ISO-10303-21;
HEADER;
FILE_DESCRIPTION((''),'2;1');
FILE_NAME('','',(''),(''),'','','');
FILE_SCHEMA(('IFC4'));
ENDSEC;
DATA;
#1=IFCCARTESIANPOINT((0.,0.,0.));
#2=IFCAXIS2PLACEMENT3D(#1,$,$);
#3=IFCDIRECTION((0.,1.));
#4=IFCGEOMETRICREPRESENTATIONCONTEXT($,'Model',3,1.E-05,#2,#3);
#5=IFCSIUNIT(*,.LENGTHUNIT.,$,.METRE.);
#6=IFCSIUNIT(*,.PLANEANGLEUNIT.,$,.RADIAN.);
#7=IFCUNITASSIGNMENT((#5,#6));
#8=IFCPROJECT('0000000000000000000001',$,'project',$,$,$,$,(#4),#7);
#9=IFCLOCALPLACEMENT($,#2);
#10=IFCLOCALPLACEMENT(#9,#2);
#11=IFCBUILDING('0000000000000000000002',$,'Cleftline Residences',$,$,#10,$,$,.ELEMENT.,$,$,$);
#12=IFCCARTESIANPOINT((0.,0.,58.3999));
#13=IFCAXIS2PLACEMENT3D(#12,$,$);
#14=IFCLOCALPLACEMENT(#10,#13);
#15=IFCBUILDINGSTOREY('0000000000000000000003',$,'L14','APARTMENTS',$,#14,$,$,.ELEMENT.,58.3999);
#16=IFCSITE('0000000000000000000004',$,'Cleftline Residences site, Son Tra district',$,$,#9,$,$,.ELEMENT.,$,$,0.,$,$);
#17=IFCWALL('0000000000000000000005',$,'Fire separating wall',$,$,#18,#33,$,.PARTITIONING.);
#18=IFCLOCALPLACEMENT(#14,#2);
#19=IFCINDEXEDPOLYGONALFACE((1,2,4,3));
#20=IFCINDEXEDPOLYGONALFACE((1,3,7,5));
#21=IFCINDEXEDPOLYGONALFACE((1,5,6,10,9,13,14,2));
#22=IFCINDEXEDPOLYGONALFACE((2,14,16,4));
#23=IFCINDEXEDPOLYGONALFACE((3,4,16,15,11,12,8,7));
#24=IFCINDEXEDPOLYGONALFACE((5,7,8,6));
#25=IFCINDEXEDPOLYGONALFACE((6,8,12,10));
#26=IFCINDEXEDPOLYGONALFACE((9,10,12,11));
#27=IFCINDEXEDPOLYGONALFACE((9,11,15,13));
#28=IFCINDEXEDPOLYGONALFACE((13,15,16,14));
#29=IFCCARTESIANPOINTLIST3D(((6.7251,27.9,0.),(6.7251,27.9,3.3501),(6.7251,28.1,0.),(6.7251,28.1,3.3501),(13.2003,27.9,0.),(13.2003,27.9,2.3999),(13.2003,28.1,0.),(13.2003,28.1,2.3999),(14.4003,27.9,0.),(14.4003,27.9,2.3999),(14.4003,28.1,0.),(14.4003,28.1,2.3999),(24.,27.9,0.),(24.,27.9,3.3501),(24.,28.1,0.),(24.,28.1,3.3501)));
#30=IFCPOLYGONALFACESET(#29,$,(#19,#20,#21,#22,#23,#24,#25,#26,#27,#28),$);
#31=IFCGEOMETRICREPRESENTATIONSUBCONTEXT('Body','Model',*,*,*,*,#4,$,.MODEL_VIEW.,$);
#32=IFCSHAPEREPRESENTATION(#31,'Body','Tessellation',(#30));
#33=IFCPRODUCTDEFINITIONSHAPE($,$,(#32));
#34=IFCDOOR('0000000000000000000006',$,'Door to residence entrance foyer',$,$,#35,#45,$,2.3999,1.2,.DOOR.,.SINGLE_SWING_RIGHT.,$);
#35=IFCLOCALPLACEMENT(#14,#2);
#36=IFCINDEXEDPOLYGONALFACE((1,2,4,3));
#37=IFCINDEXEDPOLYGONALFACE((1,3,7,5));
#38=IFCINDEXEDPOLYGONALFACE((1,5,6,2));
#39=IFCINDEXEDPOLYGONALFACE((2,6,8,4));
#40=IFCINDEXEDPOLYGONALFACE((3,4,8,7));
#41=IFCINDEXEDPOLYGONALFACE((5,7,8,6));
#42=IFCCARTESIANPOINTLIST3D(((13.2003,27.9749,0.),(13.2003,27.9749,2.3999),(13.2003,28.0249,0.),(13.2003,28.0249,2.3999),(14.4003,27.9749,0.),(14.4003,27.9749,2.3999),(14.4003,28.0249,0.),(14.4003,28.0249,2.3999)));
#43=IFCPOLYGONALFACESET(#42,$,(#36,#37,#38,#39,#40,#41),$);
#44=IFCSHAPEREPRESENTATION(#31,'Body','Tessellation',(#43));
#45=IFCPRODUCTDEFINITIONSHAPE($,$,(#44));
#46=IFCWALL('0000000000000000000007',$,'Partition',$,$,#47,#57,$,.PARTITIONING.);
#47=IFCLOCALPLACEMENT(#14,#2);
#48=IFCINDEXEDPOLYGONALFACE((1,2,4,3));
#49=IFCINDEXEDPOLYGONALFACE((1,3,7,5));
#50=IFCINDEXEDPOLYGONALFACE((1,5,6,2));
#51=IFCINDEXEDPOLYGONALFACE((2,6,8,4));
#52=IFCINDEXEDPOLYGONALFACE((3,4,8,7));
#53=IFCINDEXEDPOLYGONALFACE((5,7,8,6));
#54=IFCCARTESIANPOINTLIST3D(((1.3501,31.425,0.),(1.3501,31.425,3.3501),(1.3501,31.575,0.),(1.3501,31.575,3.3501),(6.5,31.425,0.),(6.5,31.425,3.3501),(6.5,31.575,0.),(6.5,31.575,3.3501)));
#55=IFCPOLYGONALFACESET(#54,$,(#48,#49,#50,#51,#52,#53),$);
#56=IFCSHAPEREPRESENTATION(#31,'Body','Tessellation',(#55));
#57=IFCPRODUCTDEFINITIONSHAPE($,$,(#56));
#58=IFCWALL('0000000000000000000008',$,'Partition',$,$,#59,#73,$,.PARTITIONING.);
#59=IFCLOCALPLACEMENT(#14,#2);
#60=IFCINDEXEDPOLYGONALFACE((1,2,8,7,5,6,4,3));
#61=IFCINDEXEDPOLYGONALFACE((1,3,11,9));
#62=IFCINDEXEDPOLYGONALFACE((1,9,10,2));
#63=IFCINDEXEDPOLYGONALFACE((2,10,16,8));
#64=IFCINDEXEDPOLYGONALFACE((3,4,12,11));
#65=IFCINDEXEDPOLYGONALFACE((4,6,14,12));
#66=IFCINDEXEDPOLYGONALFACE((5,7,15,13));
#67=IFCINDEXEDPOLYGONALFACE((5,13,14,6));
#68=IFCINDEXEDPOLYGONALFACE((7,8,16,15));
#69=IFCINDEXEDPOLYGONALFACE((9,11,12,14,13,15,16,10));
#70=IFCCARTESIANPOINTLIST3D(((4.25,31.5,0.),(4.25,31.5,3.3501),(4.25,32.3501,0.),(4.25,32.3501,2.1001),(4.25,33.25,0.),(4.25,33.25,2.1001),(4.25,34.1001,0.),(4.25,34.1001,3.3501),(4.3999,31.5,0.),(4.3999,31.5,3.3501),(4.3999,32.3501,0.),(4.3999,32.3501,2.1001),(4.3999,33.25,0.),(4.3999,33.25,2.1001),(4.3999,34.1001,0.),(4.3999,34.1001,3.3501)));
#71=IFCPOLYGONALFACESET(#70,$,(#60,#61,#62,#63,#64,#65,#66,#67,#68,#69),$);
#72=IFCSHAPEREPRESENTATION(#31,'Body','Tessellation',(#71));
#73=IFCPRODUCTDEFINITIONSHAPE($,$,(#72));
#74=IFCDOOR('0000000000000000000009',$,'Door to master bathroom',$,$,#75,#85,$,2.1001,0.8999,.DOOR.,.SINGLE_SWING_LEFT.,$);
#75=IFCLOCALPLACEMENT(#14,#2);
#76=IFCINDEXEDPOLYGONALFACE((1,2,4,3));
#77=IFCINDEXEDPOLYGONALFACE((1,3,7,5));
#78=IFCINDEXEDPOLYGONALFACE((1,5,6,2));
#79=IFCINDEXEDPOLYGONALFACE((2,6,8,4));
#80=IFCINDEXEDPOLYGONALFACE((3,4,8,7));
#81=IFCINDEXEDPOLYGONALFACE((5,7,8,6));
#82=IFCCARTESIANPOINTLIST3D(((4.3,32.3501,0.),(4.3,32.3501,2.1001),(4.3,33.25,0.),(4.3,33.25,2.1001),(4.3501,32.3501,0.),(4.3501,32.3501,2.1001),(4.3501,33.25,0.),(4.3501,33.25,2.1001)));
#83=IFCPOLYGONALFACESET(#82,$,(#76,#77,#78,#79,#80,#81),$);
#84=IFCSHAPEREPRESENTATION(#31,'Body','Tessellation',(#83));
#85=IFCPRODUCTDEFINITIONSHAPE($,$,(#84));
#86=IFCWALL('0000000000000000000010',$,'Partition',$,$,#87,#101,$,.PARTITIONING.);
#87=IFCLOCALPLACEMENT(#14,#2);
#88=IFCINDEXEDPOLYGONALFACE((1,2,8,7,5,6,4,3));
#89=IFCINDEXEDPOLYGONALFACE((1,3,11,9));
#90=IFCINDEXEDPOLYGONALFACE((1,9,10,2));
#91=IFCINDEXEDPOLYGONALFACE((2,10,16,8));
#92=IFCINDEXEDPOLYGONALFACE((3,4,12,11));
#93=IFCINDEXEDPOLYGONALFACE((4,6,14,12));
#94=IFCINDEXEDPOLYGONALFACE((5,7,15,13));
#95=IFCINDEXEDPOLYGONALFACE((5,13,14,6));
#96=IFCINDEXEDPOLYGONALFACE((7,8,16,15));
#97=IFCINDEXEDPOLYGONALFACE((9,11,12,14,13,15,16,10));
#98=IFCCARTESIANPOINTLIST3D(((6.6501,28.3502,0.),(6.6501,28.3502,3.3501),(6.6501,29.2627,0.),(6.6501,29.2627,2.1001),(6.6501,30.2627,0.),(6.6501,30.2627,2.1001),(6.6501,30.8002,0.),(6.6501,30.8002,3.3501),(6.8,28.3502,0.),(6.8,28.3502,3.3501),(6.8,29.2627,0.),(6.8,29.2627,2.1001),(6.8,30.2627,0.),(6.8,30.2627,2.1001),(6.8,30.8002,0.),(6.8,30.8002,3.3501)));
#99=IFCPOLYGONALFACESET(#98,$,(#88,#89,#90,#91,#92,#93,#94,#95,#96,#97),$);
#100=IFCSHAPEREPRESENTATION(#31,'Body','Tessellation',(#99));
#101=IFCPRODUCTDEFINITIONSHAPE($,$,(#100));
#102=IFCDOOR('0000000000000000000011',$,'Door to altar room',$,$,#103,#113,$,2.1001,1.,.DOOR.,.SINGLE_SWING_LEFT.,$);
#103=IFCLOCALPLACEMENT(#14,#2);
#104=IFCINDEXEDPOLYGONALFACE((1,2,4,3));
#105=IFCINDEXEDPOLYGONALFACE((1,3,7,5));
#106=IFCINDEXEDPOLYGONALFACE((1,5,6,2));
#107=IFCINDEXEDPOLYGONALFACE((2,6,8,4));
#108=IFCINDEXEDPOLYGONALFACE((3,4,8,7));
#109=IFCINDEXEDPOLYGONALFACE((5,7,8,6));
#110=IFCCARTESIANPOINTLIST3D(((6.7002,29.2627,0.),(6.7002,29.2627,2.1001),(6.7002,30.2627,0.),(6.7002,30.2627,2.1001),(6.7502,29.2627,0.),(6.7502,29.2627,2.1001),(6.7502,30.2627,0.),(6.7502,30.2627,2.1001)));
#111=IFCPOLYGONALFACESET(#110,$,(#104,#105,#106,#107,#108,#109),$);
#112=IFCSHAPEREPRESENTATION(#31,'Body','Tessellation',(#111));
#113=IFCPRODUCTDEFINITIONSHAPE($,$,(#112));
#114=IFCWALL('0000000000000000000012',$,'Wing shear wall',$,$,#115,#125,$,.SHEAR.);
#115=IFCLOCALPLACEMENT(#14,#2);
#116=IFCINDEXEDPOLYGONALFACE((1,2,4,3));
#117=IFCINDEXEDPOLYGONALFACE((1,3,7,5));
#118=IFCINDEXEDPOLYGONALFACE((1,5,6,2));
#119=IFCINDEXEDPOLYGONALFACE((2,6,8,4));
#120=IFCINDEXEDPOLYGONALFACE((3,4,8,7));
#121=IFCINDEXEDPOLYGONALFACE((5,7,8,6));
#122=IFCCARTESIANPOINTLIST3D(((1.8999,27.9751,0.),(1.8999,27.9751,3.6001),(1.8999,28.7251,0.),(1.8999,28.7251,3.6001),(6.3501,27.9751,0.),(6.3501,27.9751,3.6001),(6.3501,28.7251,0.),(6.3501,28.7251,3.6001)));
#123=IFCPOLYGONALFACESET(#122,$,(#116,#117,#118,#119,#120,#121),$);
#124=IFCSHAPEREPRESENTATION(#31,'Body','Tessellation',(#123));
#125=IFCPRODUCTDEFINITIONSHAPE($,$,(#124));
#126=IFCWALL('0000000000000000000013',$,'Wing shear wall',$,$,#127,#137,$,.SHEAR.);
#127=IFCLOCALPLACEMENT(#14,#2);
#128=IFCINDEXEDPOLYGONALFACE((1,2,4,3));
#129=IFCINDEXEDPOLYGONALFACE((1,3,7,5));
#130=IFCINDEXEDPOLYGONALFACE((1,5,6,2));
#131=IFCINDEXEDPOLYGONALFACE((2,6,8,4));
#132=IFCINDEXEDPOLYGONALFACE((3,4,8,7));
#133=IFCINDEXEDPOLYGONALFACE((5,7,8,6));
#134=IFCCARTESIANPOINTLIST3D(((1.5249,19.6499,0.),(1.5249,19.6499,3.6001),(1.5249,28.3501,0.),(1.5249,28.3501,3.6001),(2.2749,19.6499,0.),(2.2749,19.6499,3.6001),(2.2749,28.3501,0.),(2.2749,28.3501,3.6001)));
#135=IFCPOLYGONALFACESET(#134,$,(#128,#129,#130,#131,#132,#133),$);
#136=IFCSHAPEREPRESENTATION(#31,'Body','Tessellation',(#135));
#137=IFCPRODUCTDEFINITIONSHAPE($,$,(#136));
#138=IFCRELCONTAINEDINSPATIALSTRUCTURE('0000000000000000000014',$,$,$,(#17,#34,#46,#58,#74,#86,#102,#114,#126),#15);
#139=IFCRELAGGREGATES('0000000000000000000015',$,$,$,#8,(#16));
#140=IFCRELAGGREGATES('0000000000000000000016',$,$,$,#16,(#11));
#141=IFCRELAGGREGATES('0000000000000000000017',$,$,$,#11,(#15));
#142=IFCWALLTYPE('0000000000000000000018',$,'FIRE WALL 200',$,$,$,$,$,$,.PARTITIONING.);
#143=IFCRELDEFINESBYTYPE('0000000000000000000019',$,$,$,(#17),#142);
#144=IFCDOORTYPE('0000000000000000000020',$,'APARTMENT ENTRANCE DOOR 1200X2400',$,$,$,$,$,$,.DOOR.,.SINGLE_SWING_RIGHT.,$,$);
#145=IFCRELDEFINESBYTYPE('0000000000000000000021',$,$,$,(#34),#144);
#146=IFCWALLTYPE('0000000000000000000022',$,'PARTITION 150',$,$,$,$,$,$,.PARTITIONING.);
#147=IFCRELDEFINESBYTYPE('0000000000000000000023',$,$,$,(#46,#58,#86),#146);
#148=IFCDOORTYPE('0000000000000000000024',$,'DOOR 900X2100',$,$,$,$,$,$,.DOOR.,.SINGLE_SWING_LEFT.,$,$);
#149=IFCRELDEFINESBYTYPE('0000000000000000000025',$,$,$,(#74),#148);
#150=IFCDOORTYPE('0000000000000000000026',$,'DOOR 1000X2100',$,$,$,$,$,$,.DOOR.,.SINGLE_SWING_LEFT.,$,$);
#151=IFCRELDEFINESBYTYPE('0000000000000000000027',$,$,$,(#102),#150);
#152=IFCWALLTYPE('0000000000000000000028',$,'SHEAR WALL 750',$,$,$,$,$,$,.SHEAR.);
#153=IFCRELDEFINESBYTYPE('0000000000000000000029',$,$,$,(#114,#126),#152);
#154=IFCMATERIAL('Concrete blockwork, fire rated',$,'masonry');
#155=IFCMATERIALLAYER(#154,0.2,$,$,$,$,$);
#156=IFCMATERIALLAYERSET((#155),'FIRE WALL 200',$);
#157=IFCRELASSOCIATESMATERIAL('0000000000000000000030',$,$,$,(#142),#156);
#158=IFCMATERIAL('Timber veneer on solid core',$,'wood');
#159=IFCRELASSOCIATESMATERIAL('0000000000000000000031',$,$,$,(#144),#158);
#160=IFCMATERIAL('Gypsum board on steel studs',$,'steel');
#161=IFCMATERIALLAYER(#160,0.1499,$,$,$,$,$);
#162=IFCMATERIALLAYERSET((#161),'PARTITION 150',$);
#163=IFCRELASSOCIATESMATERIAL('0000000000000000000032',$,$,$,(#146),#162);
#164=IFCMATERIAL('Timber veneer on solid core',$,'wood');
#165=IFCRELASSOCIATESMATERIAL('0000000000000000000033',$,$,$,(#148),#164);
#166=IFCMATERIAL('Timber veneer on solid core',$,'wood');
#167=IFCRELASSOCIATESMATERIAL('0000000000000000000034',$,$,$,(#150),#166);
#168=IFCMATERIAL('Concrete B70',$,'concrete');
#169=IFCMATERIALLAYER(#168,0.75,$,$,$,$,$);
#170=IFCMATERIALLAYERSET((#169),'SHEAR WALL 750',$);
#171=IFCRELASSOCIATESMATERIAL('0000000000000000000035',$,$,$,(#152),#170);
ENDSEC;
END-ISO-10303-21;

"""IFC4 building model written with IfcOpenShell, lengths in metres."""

from ifc_helpers import new_model, si_unit, direction, frame, frame_2d, origin, place, context, subcontext, project, spatial, rectangle, extrude, material, layer, layer_set, type_object, element, fill, save


model = new_model("IFC4")

# Units and contexts
model_context = context("Model", 3, precision=1e-05, world=origin(), true_north=direction((0.0, 1.0)))
body_context = subcontext(model_context, "Body", "Model", "MODEL_VIEW")
ifc_project = project(units=[si_unit("LENGTHUNIT", "METRE"), si_unit("PLANEANGLEUNIT", "RADIAN")], contexts=[model_context])

# Site, building, storey
site_placement = place(None, origin())
site = spatial("IfcSite", under=ifc_project, at=site_placement, Name="Cleftline Residences site, Son Tra district", CompositionType="ELEMENT", RefElevation=0.0)
building_placement = place(site_placement, origin())
building = spatial("IfcBuilding", under=site, at=building_placement, Name="Cleftline Residences", CompositionType="ELEMENT")
storey_placement = place(building_placement, frame((0.0, 0.0, 58.3999)))
storey = spatial("IfcBuildingStorey", under=building, at=storey_placement, Name="L14", Description="APARTMENTS", CompositionType="ELEMENT", Elevation=58.3999)

# Wall, opening, door
ifc_material_1 = material(Name="Concrete blockwork, fire rated", Category="masonry")
ifc_layer_1 = layer(ifc_material_1, 0.2)
ifc_layer_set_1 = layer_set([ifc_layer_1], Name="FIRE WALL 200")
wall_type_1 = type_object("IfcWallType", Name="FIRE WALL 200", PredefinedType="PARTITIONING", material=ifc_layer_set_1)
wall_1_placement = place(storey_placement, frame((6.7251, 28.0, 0.0), z_axis=(0.0, 0.0, 1.0), x_axis=(1.0, 0.0, 0.0)))
wall_1 = element("IfcWall", 1, at=wall_1_placement, inside=storey, type_object=wall_type_1, Name="Fire separating wall", PredefinedType="PARTITIONING", context=body_context, shape_type="SweptSolid", body=[
    extrude(rectangle(XDim=17.2749, YDim=0.2, at=frame_2d((8.6375, 0.0))), origin(), (0.0, 0.0, 1.0), 3.3501),
])
opening_1_placement = place(wall_1_placement, frame((6.4751, 0.0, 0.0)))
opening_1 = element("IfcOpeningElement", 2, at=opening_1_placement, cuts=wall_1, PredefinedType="OPENING", context=body_context, shape_type="SweptSolid", body=[
    extrude(rectangle(XDim=1.2, YDim=2.3999, at=frame_2d((0.6001, 1.2))), frame((0.0, 0.1099, 0.0), z_axis=(0.0, -1.0, 0.0), x_axis=(1.0, 0.0, 0.0)), (0.0, 0.0, 1.0), 0.22),
])
ifc_material_2 = material(Name="Timber veneer on solid core", Category="wood")
door_type_1 = type_object("IfcDoorType", Name="APARTMENT ENTRANCE DOOR 1200X2400", OperationType="SINGLE_SWING_RIGHT", PredefinedType="DOOR", material=ifc_material_2)
door_1_placement = place(opening_1_placement, origin())
door_1 = element("IfcDoor", 3, at=door_1_placement, inside=storey, type_object=door_type_1, Name="Door to residence entrance foyer", OperationType="SINGLE_SWING_RIGHT", OverallHeight=2.3999, OverallWidth=1.2, PredefinedType="DOOR", context=body_context, shape_type="SweptSolid", body=[
    extrude(rectangle(XDim=1.2, YDim=2.3999, at=frame_2d((0.6001, 1.2))), frame((0.0, 0.0249, 0.0), z_axis=(0.0, -1.0, 0.0), x_axis=(1.0, 0.0, 0.0)), (0.0, 0.0, 1.0), 0.05),
])
fill(opening_1, door_1)

# Wall
ifc_material_3 = material(Name="Gypsum board on steel studs", Category="steel")
ifc_layer_2 = layer(ifc_material_3, 0.1499)
ifc_layer_set_2 = layer_set([ifc_layer_2], Name="PARTITION 150")
wall_type_2 = type_object("IfcWallType", Name="PARTITION 150", PredefinedType="PARTITIONING", material=ifc_layer_set_2)
wall_2_placement = place(storey_placement, frame((1.3501, 31.5, 0.0), z_axis=(0.0, 0.0, 1.0), x_axis=(1.0, 0.0, 0.0)))
element("IfcWall", 4, at=wall_2_placement, inside=storey, type_object=wall_type_2, Name="Partition", PredefinedType="PARTITIONING", context=body_context, shape_type="SweptSolid", body=[
    extrude(rectangle(XDim=5.1499, YDim=0.1499, at=frame_2d((2.575, 0.0))), origin(), (0.0, 0.0, 1.0), 3.3501),
])

# Walls, openings, doors
wall_3_placement = place(storey_placement, frame((4.325, 31.5, 0.0), z_axis=(0.0, 0.0, 1.0), x_axis=(0.0, 1.0, 0.0)))
wall_3 = element("IfcWall", 5, at=wall_3_placement, inside=storey, type_object=wall_type_2, Name="Partition", PredefinedType="PARTITIONING", context=body_context, shape_type="SweptSolid", body=[
    extrude(rectangle(XDim=2.6001, YDim=0.1499, at=frame_2d((1.3, 0.0))), origin(), (0.0, 0.0, 1.0), 3.3501),
])
opening_2_placement = place(wall_3_placement, frame((0.8501, 0.0, 0.0)))
opening_2 = element("IfcOpeningElement", 6, at=opening_2_placement, cuts=wall_3, PredefinedType="OPENING", context=body_context, shape_type="SweptSolid", body=[
    extrude(rectangle(XDim=0.8999, YDim=2.1001, at=frame_2d((0.45, 1.05))), frame((0.0, 0.085, 0.0), z_axis=(0.0, -1.0, 0.0), x_axis=(1.0, 0.0, 0.0)), (0.0, 0.0, 1.0), 0.1699),
])
ifc_material_4 = material(Name="Timber veneer on solid core", Category="wood")
door_type_2 = type_object("IfcDoorType", Name="DOOR 900X2100", OperationType="SINGLE_SWING_LEFT", PredefinedType="DOOR", material=ifc_material_4)
door_2_placement = place(opening_2_placement, origin())
door_2 = element("IfcDoor", 7, at=door_2_placement, inside=storey, type_object=door_type_2, Name="Door to master bathroom", OperationType="SINGLE_SWING_LEFT", OverallHeight=2.1001, OverallWidth=0.8999, PredefinedType="DOOR", context=body_context, shape_type="SweptSolid", body=[
    extrude(rectangle(XDim=0.8999, YDim=2.1001, at=frame_2d((0.45, 1.05))), frame((0.0, 0.0249, 0.0), z_axis=(0.0, -1.0, 0.0), x_axis=(1.0, 0.0, 0.0)), (0.0, 0.0, 1.0), 0.05),
])
fill(opening_2, door_2)
wall_4_placement = place(storey_placement, frame((6.7251, 28.3501, 0.0), z_axis=(0.0, 0.0, 1.0), x_axis=(0.0, 1.0, 0.0)))
wall_4 = element("IfcWall", 8, at=wall_4_placement, inside=storey, type_object=wall_type_2, Name="Partition", PredefinedType="PARTITIONING", context=body_context, shape_type="SweptSolid", body=[
    extrude(rectangle(XDim=2.45, YDim=0.1499, at=frame_2d((1.2251, 0.0))), origin(), (0.0, 0.0, 1.0), 3.3501),
])
opening_3_placement = place(wall_4_placement, frame((0.9126, 0.0, 0.0)))
opening_3 = element("IfcOpeningElement", 9, at=opening_3_placement, cuts=wall_4, PredefinedType="OPENING", context=body_context, shape_type="SweptSolid", body=[
    extrude(rectangle(XDim=1.0, YDim=2.1001, at=frame_2d((0.5, 1.05))), frame((0.0, 0.085, 0.0), z_axis=(0.0, -1.0, 0.0), x_axis=(1.0, 0.0, 0.0)), (0.0, 0.0, 1.0), 0.1699),
])
ifc_material_5 = material(Name="Timber veneer on solid core", Category="wood")
door_type_3 = type_object("IfcDoorType", Name="DOOR 1000X2100", OperationType="SINGLE_SWING_LEFT", PredefinedType="DOOR", material=ifc_material_5)
door_3_placement = place(opening_3_placement, origin())
door_3 = element("IfcDoor", 10, at=door_3_placement, inside=storey, type_object=door_type_3, Name="Door to altar room", OperationType="SINGLE_SWING_LEFT", OverallHeight=2.1001, OverallWidth=1.0, PredefinedType="DOOR", context=body_context, shape_type="SweptSolid", body=[
    extrude(rectangle(XDim=1.0, YDim=2.1001, at=frame_2d((0.5, 1.05))), frame((0.0, 0.0249, 0.0), z_axis=(0.0, -1.0, 0.0), x_axis=(1.0, 0.0, 0.0)), (0.0, 0.0, 1.0), 0.05),
])
fill(opening_3, door_3)

# Walls
ifc_material_6 = material(Name="Concrete B70", Category="concrete")
ifc_layer_3 = layer(ifc_material_6, 0.75)
ifc_layer_set_3 = layer_set([ifc_layer_3], Name="SHEAR WALL 750")
wall_type_3 = type_object("IfcWallType", Name="SHEAR WALL 750", PredefinedType="SHEAR", material=ifc_layer_set_3)
wall_5_placement = place(storey_placement, frame((6.3501, 28.3501, 0.0), z_axis=(0.0, 0.0, 1.0), x_axis=(-1.0, 0.0, 0.0)))
element("IfcWall", 11, at=wall_5_placement, inside=storey, type_object=wall_type_3, Name="Wing shear wall", PredefinedType="SHEAR", context=body_context, shape_type="SweptSolid", body=[
    extrude(rectangle(XDim=4.4502, YDim=0.75, at=frame_2d((2.2251, 0.0))), origin(), (0.0, 0.0, 1.0), 3.6001),
])
wall_6_placement = place(storey_placement, frame((1.8999, 28.3501, 0.0), z_axis=(0.0, 0.0, 1.0), x_axis=(0.0, -1.0, 0.0)))
element("IfcWall", 12, at=wall_6_placement, inside=storey, type_object=wall_type_3, Name="Wing shear wall", PredefinedType="SHEAR", context=body_context, shape_type="SweptSolid", body=[
    extrude(rectangle(XDim=8.7002, YDim=0.75, at=frame_2d((4.3501, 0.0))), origin(), (0.0, 0.0, 1.0), 3.6001),
])

save(model, "model.ifc")
